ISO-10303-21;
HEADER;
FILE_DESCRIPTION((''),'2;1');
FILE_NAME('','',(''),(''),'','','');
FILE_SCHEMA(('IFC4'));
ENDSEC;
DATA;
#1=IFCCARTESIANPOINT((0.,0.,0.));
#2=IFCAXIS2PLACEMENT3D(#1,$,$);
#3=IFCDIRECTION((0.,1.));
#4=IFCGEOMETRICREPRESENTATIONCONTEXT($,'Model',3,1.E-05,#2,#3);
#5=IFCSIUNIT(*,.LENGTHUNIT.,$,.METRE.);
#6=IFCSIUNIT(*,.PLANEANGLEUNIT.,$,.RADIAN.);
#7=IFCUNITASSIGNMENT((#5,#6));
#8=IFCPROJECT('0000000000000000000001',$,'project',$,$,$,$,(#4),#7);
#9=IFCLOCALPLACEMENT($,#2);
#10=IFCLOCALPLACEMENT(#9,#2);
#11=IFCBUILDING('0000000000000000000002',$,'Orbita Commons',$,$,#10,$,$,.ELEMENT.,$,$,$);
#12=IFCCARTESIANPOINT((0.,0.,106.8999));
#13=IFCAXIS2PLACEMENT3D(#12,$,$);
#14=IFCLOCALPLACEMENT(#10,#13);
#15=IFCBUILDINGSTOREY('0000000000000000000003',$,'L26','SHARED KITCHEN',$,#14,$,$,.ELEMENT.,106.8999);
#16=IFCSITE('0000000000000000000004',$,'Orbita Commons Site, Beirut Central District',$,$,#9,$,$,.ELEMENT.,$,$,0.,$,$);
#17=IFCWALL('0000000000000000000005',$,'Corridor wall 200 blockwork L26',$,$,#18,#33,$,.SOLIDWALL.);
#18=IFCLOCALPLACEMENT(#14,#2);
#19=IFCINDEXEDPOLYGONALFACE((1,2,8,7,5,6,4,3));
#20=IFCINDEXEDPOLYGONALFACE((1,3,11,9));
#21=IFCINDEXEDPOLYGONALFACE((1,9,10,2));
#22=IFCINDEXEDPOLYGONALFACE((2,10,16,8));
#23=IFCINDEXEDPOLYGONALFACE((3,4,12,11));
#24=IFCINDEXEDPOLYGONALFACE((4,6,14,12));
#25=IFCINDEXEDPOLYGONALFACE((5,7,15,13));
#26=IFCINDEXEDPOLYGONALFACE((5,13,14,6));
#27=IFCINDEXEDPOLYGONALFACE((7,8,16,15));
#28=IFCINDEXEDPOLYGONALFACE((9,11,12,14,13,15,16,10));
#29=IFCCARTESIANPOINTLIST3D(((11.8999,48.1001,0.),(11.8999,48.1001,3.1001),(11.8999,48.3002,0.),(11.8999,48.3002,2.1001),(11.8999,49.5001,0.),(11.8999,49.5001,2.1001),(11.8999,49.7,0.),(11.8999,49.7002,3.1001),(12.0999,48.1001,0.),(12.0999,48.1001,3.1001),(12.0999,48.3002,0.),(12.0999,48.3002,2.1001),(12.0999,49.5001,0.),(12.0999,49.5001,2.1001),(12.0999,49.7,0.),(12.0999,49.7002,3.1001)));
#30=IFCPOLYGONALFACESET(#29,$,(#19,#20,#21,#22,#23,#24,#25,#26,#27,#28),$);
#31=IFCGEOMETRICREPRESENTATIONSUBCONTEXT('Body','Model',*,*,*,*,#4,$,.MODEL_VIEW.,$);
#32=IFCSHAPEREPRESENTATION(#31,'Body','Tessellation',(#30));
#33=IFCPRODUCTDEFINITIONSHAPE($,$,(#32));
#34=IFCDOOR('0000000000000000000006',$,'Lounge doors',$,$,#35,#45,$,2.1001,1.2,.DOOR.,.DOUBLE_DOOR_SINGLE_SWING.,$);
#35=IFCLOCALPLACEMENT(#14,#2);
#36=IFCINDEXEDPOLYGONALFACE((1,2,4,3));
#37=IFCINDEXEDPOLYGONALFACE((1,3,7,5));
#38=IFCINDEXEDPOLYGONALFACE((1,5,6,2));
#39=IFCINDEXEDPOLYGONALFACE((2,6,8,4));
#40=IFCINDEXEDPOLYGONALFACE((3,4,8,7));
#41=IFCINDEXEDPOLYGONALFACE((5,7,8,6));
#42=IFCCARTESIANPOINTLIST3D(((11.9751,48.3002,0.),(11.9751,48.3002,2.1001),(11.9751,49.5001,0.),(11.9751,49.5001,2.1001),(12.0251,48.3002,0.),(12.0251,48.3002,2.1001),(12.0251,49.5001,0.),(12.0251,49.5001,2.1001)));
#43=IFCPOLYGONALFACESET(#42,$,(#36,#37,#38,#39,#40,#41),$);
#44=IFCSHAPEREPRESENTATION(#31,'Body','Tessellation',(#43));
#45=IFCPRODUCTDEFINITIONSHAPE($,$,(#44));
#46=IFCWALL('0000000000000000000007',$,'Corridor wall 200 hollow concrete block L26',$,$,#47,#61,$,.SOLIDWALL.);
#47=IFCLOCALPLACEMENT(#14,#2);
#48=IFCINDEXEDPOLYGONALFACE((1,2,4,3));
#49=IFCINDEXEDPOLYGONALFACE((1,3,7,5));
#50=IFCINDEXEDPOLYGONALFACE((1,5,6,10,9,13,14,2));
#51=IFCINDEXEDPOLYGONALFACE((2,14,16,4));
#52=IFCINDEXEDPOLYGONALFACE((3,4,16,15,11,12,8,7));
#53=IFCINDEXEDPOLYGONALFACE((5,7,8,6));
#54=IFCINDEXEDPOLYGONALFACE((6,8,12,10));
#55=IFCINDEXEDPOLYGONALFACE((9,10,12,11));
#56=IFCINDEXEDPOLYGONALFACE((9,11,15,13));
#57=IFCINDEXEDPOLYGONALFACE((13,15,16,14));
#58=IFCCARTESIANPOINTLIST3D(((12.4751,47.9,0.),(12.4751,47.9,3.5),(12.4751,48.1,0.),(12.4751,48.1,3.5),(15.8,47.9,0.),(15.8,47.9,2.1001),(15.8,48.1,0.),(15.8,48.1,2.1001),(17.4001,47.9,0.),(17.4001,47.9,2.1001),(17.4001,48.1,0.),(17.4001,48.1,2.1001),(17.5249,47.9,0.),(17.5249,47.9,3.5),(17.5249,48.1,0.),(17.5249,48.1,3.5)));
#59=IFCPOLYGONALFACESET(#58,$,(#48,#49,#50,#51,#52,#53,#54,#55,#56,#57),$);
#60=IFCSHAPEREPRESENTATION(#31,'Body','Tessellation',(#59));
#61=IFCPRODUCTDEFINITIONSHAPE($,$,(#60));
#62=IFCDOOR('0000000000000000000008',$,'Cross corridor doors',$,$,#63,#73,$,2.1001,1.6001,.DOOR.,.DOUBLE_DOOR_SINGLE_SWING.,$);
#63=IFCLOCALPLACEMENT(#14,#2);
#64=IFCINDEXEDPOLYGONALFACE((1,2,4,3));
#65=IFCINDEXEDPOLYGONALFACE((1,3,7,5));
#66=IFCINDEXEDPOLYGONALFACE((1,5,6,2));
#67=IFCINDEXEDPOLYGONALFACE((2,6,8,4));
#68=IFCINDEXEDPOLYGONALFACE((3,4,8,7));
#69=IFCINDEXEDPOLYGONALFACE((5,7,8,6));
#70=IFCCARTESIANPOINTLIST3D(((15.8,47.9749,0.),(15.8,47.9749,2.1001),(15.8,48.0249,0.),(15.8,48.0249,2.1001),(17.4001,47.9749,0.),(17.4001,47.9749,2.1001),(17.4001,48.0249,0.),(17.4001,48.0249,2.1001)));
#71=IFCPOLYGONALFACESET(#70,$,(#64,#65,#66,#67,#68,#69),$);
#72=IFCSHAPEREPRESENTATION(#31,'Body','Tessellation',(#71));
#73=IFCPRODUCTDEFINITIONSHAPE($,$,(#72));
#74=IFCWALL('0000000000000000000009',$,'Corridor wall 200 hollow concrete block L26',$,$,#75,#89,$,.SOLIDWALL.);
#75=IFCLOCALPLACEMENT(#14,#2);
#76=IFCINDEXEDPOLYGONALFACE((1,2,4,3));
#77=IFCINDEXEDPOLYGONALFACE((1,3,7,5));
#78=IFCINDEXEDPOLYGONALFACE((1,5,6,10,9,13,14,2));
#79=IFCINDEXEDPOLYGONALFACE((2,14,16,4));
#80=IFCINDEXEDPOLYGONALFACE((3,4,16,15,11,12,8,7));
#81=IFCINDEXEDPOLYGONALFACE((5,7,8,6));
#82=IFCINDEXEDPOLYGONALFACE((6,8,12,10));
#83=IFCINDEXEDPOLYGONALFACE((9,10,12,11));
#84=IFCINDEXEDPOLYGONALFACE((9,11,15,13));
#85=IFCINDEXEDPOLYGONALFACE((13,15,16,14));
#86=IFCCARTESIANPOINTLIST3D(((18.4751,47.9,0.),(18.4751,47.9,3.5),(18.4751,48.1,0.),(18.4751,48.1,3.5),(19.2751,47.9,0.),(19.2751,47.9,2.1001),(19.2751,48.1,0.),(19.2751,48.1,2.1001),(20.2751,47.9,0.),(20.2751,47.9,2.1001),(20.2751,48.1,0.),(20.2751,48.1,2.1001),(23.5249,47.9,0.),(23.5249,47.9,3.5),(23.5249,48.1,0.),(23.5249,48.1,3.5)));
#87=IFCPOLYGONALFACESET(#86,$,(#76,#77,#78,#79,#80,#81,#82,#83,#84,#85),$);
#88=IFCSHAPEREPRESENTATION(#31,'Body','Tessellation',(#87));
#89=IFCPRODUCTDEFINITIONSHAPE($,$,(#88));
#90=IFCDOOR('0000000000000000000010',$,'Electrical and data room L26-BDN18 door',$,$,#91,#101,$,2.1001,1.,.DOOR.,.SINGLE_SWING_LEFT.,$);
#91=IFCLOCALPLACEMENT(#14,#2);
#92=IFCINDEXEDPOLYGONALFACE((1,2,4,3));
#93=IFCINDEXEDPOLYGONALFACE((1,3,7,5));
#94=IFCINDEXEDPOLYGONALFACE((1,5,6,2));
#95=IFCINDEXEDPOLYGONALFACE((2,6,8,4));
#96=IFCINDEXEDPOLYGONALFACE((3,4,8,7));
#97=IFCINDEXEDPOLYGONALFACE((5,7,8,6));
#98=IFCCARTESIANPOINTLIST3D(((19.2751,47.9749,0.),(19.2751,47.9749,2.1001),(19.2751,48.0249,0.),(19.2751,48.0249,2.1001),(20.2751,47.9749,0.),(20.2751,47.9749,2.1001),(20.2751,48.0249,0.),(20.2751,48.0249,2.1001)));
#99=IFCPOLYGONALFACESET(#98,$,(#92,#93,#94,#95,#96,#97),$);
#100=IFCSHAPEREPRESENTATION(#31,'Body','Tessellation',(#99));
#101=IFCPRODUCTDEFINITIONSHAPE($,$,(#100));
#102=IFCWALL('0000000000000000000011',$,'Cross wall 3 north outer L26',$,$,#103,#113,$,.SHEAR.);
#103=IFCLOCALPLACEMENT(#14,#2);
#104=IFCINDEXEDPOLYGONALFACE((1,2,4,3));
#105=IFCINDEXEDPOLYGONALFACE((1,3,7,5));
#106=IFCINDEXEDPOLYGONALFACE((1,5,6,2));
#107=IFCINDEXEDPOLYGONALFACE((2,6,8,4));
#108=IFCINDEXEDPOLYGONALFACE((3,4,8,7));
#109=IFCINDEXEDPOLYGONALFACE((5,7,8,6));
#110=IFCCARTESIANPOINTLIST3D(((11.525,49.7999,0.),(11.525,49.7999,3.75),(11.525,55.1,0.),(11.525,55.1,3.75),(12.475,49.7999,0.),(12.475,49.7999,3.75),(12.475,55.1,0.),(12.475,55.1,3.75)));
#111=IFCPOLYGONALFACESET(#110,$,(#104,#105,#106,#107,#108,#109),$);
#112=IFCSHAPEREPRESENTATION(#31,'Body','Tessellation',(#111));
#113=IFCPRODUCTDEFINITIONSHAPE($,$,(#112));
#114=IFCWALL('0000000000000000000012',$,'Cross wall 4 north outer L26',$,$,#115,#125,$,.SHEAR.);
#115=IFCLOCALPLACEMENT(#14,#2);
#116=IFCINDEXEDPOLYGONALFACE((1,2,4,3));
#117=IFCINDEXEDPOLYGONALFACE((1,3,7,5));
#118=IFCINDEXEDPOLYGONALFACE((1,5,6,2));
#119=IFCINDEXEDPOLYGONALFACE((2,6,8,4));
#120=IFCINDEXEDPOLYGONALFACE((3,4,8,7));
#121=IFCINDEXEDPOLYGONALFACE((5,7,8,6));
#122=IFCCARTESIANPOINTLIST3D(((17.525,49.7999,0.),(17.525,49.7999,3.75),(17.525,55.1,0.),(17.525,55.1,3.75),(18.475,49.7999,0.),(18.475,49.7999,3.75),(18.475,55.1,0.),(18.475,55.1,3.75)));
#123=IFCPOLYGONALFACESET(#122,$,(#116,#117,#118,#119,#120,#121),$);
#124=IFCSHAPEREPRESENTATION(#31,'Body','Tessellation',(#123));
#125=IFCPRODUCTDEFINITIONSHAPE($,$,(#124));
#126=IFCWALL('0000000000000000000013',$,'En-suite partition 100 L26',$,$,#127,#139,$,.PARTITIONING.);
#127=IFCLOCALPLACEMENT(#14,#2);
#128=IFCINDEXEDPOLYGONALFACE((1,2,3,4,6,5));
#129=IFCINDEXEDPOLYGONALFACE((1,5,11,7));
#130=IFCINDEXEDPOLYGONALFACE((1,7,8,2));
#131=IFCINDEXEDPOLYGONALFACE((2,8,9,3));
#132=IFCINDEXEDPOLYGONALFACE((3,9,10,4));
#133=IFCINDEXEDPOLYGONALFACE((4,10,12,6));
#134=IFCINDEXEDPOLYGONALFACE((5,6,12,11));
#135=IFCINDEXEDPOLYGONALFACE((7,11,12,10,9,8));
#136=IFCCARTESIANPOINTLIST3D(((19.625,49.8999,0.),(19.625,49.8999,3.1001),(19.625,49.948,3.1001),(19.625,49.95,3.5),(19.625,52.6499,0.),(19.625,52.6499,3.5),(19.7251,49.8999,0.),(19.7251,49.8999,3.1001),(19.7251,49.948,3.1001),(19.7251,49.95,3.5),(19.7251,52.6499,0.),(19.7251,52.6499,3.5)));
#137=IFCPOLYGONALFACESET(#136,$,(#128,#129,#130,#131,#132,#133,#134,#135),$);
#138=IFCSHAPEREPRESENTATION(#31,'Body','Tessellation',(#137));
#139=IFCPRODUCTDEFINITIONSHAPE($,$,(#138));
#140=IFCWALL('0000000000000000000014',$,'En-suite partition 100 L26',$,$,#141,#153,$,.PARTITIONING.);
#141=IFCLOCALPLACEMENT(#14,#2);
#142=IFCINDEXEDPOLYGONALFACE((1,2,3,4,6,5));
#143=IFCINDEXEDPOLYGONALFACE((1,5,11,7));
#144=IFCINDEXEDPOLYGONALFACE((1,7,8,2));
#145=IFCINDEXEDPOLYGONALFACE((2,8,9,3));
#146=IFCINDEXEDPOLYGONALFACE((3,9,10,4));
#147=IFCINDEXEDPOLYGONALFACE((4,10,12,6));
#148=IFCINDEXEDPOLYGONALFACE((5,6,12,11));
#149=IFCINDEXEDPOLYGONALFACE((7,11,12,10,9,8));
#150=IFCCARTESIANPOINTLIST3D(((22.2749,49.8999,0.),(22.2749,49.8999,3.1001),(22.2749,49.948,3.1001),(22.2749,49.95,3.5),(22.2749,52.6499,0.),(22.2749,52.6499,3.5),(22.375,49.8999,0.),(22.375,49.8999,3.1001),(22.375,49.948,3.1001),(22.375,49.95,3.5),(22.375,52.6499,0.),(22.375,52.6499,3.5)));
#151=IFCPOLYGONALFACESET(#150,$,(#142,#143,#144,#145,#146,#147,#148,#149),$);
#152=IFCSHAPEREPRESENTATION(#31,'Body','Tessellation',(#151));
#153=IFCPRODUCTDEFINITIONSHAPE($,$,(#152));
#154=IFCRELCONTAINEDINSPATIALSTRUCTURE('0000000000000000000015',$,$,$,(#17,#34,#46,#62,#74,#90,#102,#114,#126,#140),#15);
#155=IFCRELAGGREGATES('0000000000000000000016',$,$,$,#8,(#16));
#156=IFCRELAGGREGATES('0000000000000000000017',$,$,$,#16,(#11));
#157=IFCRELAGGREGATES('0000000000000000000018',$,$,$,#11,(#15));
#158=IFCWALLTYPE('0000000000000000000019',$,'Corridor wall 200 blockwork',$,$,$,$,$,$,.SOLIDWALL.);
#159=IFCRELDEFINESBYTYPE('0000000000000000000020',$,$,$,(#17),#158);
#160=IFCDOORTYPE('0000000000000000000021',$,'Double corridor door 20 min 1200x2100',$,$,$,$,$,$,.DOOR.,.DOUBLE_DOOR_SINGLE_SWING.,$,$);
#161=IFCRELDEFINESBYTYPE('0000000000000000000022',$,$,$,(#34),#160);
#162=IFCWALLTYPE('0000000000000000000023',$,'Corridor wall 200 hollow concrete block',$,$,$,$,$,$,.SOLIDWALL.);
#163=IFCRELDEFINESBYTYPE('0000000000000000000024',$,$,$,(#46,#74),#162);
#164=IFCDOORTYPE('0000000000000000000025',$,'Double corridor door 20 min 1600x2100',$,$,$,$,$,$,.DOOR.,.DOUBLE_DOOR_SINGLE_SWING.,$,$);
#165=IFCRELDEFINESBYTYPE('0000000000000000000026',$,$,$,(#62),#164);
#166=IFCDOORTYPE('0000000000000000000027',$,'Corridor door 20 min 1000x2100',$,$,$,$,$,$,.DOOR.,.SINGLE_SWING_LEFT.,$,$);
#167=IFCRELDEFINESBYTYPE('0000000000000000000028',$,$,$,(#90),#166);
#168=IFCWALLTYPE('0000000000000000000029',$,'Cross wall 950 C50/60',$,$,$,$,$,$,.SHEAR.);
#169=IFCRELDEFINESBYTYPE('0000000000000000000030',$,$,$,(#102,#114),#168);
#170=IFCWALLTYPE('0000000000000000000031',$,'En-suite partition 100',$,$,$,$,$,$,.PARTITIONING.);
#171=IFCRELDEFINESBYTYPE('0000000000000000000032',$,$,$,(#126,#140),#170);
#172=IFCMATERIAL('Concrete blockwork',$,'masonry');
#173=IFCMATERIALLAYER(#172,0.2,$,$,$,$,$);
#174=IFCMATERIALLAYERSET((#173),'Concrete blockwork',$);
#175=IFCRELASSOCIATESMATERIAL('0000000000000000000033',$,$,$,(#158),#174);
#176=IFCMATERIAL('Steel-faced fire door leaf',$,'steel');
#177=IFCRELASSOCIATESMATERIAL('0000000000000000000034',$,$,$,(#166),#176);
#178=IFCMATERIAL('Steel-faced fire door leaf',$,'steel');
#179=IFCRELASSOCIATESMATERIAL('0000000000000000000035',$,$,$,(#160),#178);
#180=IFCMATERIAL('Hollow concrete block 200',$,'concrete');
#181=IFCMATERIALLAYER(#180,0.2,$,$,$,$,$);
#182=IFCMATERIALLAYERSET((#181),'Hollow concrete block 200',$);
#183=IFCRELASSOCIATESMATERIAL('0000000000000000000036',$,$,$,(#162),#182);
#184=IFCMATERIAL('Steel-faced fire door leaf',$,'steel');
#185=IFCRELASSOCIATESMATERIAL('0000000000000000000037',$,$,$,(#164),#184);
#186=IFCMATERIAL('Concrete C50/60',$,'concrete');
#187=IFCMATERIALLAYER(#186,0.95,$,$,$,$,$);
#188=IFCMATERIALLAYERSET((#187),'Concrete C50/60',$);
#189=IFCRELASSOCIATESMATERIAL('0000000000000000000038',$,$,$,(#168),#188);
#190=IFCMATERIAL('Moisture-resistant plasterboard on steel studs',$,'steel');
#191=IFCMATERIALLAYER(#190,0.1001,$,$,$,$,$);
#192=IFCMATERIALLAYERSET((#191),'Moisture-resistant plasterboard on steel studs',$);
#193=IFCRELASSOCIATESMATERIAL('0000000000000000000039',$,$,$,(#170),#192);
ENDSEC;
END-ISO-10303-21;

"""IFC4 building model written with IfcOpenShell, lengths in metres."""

from ifc_helpers import new_model, si_unit, direction, frame, frame_2d, origin, place, context, subcontext, project, spatial, polyline, rectangle, outline, extrude, material, layer, layer_set, type_object, element, fill, save


model = new_model("IFC4")

# Units and contexts
model_context = context("Model", 3, precision=1e-05, world=origin(), true_north=direction((0.0, 1.0)))
body_context = subcontext(model_context, "Body", "Model", "MODEL_VIEW")
ifc_project = project(units=[si_unit("LENGTHUNIT", "METRE"), si_unit("PLANEANGLEUNIT", "RADIAN")], contexts=[model_context])

# Site, building, storey
site_placement = place(None, origin())
site = spatial("IfcSite", under=ifc_project, at=site_placement, Name="Orbita Commons Site, Beirut Central District", CompositionType="ELEMENT", RefElevation=0.0)
building_placement = place(site_placement, origin())
building = spatial("IfcBuilding", under=site, at=building_placement, Name="Orbita Commons", CompositionType="ELEMENT")
storey_placement = place(building_placement, frame((0.0, 0.0, 106.8999)))
storey = spatial("IfcBuildingStorey", under=building, at=storey_placement, Name="L26", Description="SHARED KITCHEN", CompositionType="ELEMENT", Elevation=106.8999)

# Shared definitions
ifc_material_1 = material(Name="Concrete blockwork", Category="masonry")
ifc_layer_1 = layer(ifc_material_1, 0.2)
ifc_layer_set_1 = layer_set([ifc_layer_1], Name="Concrete blockwork")
wall_type_1 = type_object("IfcWallType", Name="Corridor wall 200 blockwork", PredefinedType="SOLIDWALL", material=ifc_layer_set_1)
ifc_material_2 = material(Name="Steel-faced fire door leaf", Category="steel")
door_type_1 = type_object("IfcDoorType", Name="Corridor door 20 min 1000x2100", OperationType="SINGLE_SWING_LEFT", PredefinedType="DOOR", material=ifc_material_2)

# Walls, openings, doors
wall_1_placement = place(storey_placement, frame((12.0, 48.1001, 0.0), z_axis=(0.0, 0.0, 1.0), x_axis=(0.0, 1.0, 0.0)))
wall_1 = element("IfcWall", 1, at=wall_1_placement, inside=storey, type_object=wall_type_1, Name="Corridor wall 200 blockwork L26", PredefinedType="SOLIDWALL", context=body_context, shape_type="SweptSolid", body=[
    extrude(outline(polyline([(0.0, 0.0), (1.5999, 0.0), (1.6001, 3.1001), (0.0, 3.1001), (0.0, 0.0)])), frame((0.0, 0.1001, 0.0), z_axis=(0.0, -1.0, 0.0), x_axis=(1.0, 0.0, 0.0)), (0.0, 0.0, 1.0), 0.2),
])
opening_1_placement = place(wall_1_placement, frame((0.2, 0.0, 0.0)))
opening_1 = element("IfcOpeningElement", 2, at=opening_1_placement, cuts=wall_1, PredefinedType="OPENING", context=body_context, shape_type="SweptSolid", body=[
    extrude(rectangle(XDim=1.2, YDim=2.1001, at=frame_2d((0.6001, 1.05))), frame((0.0, 0.1099, 0.0), z_axis=(0.0, -1.0, 0.0), x_axis=(1.0, 0.0, 0.0)), (0.0, 0.0, 1.0), 0.22),
])
ifc_material_3 = material(Name="Steel-faced fire door leaf", Category="steel")
door_type_2 = type_object("IfcDoorType", Name="Double corridor door 20 min 1200x2100", OperationType="DOUBLE_DOOR_SINGLE_SWING", PredefinedType="DOOR", material=ifc_material_3)
door_1_placement = place(opening_1_placement, origin())
door_1 = element("IfcDoor", 3, at=door_1_placement, inside=storey, type_object=door_type_2, Name="Lounge doors", OperationType="DOUBLE_DOOR_SINGLE_SWING", OverallHeight=2.1001, OverallWidth=1.2, PredefinedType="DOOR", context=body_context, shape_type="SweptSolid", body=[
    extrude(rectangle(XDim=1.2, YDim=2.1001, at=frame_2d((0.6001, 1.05))), frame((0.0, 0.0249, 0.0), z_axis=(0.0, -1.0, 0.0), x_axis=(1.0, 0.0, 0.0)), (0.0, 0.0, 1.0), 0.05),
])
fill(opening_1, door_1)
ifc_material_4 = material(Name="Hollow concrete block 200", Category="concrete")
ifc_layer_2 = layer(ifc_material_4, 0.2)
ifc_layer_set_2 = layer_set([ifc_layer_2], Name="Hollow concrete block 200")
wall_type_2 = type_object("IfcWallType", Name="Corridor wall 200 hollow concrete block", PredefinedType="SOLIDWALL", material=ifc_layer_set_2)
wall_2_placement = place(storey_placement, frame((12.4751, 48.0, 0.0), z_axis=(0.0, 0.0, 1.0), x_axis=(1.0, 0.0, 0.0)))
wall_2 = element("IfcWall", 4, at=wall_2_placement, inside=storey, type_object=wall_type_2, Name="Corridor wall 200 hollow concrete block L26", PredefinedType="SOLIDWALL", context=body_context, shape_type="SweptSolid", body=[
    extrude(rectangle(XDim=5.0498, YDim=0.2, at=frame_2d((2.5249, 0.0))), origin(), (0.0, 0.0, 1.0), 3.5),
])
opening_2_placement = place(wall_2_placement, frame((3.325, 0.0, 0.0)))
opening_2 = element("IfcOpeningElement", 5, at=opening_2_placement, cuts=wall_2, PredefinedType="OPENING", context=body_context, shape_type="SweptSolid", body=[
    extrude(rectangle(XDim=1.6001, YDim=2.1001, at=frame_2d((0.8, 1.05))), frame((0.0, 0.1099, 0.0), z_axis=(0.0, -1.0, 0.0), x_axis=(1.0, 0.0, 0.0)), (0.0, 0.0, 1.0), 0.22),
])
ifc_material_5 = material(Name="Steel-faced fire door leaf", Category="steel")
door_type_3 = type_object("IfcDoorType", Name="Double corridor door 20 min 1600x2100", OperationType="DOUBLE_DOOR_SINGLE_SWING", PredefinedType="DOOR", material=ifc_material_5)
door_2_placement = place(opening_2_placement, origin())
door_2 = element("IfcDoor", 6, at=door_2_placement, inside=storey, type_object=door_type_3, Name="Cross corridor doors", OperationType="DOUBLE_DOOR_SINGLE_SWING", OverallHeight=2.1001, OverallWidth=1.6001, PredefinedType="DOOR", context=body_context, shape_type="SweptSolid", body=[
    extrude(rectangle(XDim=1.6001, YDim=2.1001, at=frame_2d((0.8, 1.05))), frame((0.0, 0.0249, 0.0), z_axis=(0.0, -1.0, 0.0), x_axis=(1.0, 0.0, 0.0)), (0.0, 0.0, 1.0), 0.05),
])
fill(opening_2, door_2)
wall_3_placement = place(storey_placement, frame((18.4751, 48.0, 0.0), z_axis=(0.0, 0.0, 1.0), x_axis=(1.0, 0.0, 0.0)))
wall_3 = element("IfcWall", 7, at=wall_3_placement, inside=storey, type_object=wall_type_2, Name="Corridor wall 200 hollow concrete block L26", PredefinedType="SOLIDWALL", context=body_context, shape_type="SweptSolid", body=[
    extrude(rectangle(XDim=5.0498, YDim=0.2, at=frame_2d((2.5249, 0.0))), origin(), (0.0, 0.0, 1.0), 3.5),
])
opening_3_placement = place(wall_3_placement, frame((0.8, 0.0, 0.0)))
opening_3 = element("IfcOpeningElement", 8, at=opening_3_placement, cuts=wall_3, PredefinedType="OPENING", context=body_context, shape_type="SweptSolid", body=[
    extrude(rectangle(XDim=1.0, YDim=2.1001, at=frame_2d((0.5, 1.05))), frame((0.0, 0.1099, 0.0), z_axis=(0.0, -1.0, 0.0), x_axis=(1.0, 0.0, 0.0)), (0.0, 0.0, 1.0), 0.22),
])
door_3_placement = place(opening_3_placement, origin())
door_3 = element("IfcDoor", 9, at=door_3_placement, inside=storey, type_object=door_type_1, Name="Electrical and data room L26-BDN18 door", OperationType="SINGLE_SWING_LEFT", OverallHeight=2.1001, OverallWidth=1.0, PredefinedType="DOOR", context=body_context, shape_type="SweptSolid", body=[
    extrude(rectangle(XDim=1.0, YDim=2.1001, at=frame_2d((0.5, 1.05))), frame((0.0, 0.0249, 0.0), z_axis=(0.0, -1.0, 0.0), x_axis=(1.0, 0.0, 0.0)), (0.0, 0.0, 1.0), 0.05),
])
fill(opening_3, door_3)

# Walls
ifc_material_6 = material(Name="Concrete C50/60", Category="concrete")
ifc_layer_3 = layer(ifc_material_6, 0.95)
ifc_layer_set_3 = layer_set([ifc_layer_3], Name="Concrete C50/60")
wall_type_3 = type_object("IfcWallType", Name="Cross wall 950 C50/60", PredefinedType="SHEAR", material=ifc_layer_set_3)
for number, where, z_axis, x_axis, name in (
    (10, (12.0, 49.8, 0.0), (0.0, 0.0, 1.0), (0.0, 1.0, 0.0), "Cross wall 3 north outer L26"),
    (11, (18.0, 49.8, 0.0), (0.0, 0.0, 1.0), (0.0, 1.0, 0.0), "Cross wall 4 north outer L26"),
):
    element("IfcWall", number, at=place(storey_placement, frame(where, z_axis=z_axis, x_axis=x_axis)), inside=storey, type_object=wall_type_3, Name=name, PredefinedType="SHEAR", context=body_context, shape_type="SweptSolid", body=[
        extrude(rectangle(XDim=5.3, YDim=0.95, at=frame_2d((2.6499, 0.0))), origin(), (0.0, 0.0, 1.0), 3.75),
    ])
ifc_material_7 = material(Name="Moisture-resistant plasterboard on steel studs", Category="steel")
ifc_layer_4 = layer(ifc_material_7, 0.1001)
ifc_layer_set_4 = layer_set([ifc_layer_4], Name="Moisture-resistant plasterboard on steel studs")
wall_type_4 = type_object("IfcWallType", Name="En-suite partition 100", PredefinedType="PARTITIONING", material=ifc_layer_set_4)
for number, where, z_axis, x_axis, name in (
    (12, (19.675, 52.6499, 0.0), (0.0, 0.0, 1.0), (0.0, -1.0, 0.0), "En-suite partition 100 L26"),
    (13, (22.325, 52.6499, 0.0), (0.0, 0.0, 1.0), (0.0, -1.0, 0.0), "En-suite partition 100 L26"),
):
    element("IfcWall", number, at=place(storey_placement, frame(where, z_axis=z_axis, x_axis=x_axis)), inside=storey, type_object=wall_type_4, Name=name, PredefinedType="PARTITIONING", context=body_context, shape_type="SweptSolid", body=[
        extrude(outline(polyline([(0.0, 0.0), (2.75, 0.0), (2.75, 3.1001), (2.7019, 3.1001), (2.7, 3.5), (0.0, 3.5), (0.0, 0.0)])), frame((0.0, 0.05, 0.0), z_axis=(0.0, -1.0, 0.0), x_axis=(1.0, 0.0, 0.0)), (0.0, 0.0, 1.0), 0.1001),
    ])

save(model, "model.ifc")
